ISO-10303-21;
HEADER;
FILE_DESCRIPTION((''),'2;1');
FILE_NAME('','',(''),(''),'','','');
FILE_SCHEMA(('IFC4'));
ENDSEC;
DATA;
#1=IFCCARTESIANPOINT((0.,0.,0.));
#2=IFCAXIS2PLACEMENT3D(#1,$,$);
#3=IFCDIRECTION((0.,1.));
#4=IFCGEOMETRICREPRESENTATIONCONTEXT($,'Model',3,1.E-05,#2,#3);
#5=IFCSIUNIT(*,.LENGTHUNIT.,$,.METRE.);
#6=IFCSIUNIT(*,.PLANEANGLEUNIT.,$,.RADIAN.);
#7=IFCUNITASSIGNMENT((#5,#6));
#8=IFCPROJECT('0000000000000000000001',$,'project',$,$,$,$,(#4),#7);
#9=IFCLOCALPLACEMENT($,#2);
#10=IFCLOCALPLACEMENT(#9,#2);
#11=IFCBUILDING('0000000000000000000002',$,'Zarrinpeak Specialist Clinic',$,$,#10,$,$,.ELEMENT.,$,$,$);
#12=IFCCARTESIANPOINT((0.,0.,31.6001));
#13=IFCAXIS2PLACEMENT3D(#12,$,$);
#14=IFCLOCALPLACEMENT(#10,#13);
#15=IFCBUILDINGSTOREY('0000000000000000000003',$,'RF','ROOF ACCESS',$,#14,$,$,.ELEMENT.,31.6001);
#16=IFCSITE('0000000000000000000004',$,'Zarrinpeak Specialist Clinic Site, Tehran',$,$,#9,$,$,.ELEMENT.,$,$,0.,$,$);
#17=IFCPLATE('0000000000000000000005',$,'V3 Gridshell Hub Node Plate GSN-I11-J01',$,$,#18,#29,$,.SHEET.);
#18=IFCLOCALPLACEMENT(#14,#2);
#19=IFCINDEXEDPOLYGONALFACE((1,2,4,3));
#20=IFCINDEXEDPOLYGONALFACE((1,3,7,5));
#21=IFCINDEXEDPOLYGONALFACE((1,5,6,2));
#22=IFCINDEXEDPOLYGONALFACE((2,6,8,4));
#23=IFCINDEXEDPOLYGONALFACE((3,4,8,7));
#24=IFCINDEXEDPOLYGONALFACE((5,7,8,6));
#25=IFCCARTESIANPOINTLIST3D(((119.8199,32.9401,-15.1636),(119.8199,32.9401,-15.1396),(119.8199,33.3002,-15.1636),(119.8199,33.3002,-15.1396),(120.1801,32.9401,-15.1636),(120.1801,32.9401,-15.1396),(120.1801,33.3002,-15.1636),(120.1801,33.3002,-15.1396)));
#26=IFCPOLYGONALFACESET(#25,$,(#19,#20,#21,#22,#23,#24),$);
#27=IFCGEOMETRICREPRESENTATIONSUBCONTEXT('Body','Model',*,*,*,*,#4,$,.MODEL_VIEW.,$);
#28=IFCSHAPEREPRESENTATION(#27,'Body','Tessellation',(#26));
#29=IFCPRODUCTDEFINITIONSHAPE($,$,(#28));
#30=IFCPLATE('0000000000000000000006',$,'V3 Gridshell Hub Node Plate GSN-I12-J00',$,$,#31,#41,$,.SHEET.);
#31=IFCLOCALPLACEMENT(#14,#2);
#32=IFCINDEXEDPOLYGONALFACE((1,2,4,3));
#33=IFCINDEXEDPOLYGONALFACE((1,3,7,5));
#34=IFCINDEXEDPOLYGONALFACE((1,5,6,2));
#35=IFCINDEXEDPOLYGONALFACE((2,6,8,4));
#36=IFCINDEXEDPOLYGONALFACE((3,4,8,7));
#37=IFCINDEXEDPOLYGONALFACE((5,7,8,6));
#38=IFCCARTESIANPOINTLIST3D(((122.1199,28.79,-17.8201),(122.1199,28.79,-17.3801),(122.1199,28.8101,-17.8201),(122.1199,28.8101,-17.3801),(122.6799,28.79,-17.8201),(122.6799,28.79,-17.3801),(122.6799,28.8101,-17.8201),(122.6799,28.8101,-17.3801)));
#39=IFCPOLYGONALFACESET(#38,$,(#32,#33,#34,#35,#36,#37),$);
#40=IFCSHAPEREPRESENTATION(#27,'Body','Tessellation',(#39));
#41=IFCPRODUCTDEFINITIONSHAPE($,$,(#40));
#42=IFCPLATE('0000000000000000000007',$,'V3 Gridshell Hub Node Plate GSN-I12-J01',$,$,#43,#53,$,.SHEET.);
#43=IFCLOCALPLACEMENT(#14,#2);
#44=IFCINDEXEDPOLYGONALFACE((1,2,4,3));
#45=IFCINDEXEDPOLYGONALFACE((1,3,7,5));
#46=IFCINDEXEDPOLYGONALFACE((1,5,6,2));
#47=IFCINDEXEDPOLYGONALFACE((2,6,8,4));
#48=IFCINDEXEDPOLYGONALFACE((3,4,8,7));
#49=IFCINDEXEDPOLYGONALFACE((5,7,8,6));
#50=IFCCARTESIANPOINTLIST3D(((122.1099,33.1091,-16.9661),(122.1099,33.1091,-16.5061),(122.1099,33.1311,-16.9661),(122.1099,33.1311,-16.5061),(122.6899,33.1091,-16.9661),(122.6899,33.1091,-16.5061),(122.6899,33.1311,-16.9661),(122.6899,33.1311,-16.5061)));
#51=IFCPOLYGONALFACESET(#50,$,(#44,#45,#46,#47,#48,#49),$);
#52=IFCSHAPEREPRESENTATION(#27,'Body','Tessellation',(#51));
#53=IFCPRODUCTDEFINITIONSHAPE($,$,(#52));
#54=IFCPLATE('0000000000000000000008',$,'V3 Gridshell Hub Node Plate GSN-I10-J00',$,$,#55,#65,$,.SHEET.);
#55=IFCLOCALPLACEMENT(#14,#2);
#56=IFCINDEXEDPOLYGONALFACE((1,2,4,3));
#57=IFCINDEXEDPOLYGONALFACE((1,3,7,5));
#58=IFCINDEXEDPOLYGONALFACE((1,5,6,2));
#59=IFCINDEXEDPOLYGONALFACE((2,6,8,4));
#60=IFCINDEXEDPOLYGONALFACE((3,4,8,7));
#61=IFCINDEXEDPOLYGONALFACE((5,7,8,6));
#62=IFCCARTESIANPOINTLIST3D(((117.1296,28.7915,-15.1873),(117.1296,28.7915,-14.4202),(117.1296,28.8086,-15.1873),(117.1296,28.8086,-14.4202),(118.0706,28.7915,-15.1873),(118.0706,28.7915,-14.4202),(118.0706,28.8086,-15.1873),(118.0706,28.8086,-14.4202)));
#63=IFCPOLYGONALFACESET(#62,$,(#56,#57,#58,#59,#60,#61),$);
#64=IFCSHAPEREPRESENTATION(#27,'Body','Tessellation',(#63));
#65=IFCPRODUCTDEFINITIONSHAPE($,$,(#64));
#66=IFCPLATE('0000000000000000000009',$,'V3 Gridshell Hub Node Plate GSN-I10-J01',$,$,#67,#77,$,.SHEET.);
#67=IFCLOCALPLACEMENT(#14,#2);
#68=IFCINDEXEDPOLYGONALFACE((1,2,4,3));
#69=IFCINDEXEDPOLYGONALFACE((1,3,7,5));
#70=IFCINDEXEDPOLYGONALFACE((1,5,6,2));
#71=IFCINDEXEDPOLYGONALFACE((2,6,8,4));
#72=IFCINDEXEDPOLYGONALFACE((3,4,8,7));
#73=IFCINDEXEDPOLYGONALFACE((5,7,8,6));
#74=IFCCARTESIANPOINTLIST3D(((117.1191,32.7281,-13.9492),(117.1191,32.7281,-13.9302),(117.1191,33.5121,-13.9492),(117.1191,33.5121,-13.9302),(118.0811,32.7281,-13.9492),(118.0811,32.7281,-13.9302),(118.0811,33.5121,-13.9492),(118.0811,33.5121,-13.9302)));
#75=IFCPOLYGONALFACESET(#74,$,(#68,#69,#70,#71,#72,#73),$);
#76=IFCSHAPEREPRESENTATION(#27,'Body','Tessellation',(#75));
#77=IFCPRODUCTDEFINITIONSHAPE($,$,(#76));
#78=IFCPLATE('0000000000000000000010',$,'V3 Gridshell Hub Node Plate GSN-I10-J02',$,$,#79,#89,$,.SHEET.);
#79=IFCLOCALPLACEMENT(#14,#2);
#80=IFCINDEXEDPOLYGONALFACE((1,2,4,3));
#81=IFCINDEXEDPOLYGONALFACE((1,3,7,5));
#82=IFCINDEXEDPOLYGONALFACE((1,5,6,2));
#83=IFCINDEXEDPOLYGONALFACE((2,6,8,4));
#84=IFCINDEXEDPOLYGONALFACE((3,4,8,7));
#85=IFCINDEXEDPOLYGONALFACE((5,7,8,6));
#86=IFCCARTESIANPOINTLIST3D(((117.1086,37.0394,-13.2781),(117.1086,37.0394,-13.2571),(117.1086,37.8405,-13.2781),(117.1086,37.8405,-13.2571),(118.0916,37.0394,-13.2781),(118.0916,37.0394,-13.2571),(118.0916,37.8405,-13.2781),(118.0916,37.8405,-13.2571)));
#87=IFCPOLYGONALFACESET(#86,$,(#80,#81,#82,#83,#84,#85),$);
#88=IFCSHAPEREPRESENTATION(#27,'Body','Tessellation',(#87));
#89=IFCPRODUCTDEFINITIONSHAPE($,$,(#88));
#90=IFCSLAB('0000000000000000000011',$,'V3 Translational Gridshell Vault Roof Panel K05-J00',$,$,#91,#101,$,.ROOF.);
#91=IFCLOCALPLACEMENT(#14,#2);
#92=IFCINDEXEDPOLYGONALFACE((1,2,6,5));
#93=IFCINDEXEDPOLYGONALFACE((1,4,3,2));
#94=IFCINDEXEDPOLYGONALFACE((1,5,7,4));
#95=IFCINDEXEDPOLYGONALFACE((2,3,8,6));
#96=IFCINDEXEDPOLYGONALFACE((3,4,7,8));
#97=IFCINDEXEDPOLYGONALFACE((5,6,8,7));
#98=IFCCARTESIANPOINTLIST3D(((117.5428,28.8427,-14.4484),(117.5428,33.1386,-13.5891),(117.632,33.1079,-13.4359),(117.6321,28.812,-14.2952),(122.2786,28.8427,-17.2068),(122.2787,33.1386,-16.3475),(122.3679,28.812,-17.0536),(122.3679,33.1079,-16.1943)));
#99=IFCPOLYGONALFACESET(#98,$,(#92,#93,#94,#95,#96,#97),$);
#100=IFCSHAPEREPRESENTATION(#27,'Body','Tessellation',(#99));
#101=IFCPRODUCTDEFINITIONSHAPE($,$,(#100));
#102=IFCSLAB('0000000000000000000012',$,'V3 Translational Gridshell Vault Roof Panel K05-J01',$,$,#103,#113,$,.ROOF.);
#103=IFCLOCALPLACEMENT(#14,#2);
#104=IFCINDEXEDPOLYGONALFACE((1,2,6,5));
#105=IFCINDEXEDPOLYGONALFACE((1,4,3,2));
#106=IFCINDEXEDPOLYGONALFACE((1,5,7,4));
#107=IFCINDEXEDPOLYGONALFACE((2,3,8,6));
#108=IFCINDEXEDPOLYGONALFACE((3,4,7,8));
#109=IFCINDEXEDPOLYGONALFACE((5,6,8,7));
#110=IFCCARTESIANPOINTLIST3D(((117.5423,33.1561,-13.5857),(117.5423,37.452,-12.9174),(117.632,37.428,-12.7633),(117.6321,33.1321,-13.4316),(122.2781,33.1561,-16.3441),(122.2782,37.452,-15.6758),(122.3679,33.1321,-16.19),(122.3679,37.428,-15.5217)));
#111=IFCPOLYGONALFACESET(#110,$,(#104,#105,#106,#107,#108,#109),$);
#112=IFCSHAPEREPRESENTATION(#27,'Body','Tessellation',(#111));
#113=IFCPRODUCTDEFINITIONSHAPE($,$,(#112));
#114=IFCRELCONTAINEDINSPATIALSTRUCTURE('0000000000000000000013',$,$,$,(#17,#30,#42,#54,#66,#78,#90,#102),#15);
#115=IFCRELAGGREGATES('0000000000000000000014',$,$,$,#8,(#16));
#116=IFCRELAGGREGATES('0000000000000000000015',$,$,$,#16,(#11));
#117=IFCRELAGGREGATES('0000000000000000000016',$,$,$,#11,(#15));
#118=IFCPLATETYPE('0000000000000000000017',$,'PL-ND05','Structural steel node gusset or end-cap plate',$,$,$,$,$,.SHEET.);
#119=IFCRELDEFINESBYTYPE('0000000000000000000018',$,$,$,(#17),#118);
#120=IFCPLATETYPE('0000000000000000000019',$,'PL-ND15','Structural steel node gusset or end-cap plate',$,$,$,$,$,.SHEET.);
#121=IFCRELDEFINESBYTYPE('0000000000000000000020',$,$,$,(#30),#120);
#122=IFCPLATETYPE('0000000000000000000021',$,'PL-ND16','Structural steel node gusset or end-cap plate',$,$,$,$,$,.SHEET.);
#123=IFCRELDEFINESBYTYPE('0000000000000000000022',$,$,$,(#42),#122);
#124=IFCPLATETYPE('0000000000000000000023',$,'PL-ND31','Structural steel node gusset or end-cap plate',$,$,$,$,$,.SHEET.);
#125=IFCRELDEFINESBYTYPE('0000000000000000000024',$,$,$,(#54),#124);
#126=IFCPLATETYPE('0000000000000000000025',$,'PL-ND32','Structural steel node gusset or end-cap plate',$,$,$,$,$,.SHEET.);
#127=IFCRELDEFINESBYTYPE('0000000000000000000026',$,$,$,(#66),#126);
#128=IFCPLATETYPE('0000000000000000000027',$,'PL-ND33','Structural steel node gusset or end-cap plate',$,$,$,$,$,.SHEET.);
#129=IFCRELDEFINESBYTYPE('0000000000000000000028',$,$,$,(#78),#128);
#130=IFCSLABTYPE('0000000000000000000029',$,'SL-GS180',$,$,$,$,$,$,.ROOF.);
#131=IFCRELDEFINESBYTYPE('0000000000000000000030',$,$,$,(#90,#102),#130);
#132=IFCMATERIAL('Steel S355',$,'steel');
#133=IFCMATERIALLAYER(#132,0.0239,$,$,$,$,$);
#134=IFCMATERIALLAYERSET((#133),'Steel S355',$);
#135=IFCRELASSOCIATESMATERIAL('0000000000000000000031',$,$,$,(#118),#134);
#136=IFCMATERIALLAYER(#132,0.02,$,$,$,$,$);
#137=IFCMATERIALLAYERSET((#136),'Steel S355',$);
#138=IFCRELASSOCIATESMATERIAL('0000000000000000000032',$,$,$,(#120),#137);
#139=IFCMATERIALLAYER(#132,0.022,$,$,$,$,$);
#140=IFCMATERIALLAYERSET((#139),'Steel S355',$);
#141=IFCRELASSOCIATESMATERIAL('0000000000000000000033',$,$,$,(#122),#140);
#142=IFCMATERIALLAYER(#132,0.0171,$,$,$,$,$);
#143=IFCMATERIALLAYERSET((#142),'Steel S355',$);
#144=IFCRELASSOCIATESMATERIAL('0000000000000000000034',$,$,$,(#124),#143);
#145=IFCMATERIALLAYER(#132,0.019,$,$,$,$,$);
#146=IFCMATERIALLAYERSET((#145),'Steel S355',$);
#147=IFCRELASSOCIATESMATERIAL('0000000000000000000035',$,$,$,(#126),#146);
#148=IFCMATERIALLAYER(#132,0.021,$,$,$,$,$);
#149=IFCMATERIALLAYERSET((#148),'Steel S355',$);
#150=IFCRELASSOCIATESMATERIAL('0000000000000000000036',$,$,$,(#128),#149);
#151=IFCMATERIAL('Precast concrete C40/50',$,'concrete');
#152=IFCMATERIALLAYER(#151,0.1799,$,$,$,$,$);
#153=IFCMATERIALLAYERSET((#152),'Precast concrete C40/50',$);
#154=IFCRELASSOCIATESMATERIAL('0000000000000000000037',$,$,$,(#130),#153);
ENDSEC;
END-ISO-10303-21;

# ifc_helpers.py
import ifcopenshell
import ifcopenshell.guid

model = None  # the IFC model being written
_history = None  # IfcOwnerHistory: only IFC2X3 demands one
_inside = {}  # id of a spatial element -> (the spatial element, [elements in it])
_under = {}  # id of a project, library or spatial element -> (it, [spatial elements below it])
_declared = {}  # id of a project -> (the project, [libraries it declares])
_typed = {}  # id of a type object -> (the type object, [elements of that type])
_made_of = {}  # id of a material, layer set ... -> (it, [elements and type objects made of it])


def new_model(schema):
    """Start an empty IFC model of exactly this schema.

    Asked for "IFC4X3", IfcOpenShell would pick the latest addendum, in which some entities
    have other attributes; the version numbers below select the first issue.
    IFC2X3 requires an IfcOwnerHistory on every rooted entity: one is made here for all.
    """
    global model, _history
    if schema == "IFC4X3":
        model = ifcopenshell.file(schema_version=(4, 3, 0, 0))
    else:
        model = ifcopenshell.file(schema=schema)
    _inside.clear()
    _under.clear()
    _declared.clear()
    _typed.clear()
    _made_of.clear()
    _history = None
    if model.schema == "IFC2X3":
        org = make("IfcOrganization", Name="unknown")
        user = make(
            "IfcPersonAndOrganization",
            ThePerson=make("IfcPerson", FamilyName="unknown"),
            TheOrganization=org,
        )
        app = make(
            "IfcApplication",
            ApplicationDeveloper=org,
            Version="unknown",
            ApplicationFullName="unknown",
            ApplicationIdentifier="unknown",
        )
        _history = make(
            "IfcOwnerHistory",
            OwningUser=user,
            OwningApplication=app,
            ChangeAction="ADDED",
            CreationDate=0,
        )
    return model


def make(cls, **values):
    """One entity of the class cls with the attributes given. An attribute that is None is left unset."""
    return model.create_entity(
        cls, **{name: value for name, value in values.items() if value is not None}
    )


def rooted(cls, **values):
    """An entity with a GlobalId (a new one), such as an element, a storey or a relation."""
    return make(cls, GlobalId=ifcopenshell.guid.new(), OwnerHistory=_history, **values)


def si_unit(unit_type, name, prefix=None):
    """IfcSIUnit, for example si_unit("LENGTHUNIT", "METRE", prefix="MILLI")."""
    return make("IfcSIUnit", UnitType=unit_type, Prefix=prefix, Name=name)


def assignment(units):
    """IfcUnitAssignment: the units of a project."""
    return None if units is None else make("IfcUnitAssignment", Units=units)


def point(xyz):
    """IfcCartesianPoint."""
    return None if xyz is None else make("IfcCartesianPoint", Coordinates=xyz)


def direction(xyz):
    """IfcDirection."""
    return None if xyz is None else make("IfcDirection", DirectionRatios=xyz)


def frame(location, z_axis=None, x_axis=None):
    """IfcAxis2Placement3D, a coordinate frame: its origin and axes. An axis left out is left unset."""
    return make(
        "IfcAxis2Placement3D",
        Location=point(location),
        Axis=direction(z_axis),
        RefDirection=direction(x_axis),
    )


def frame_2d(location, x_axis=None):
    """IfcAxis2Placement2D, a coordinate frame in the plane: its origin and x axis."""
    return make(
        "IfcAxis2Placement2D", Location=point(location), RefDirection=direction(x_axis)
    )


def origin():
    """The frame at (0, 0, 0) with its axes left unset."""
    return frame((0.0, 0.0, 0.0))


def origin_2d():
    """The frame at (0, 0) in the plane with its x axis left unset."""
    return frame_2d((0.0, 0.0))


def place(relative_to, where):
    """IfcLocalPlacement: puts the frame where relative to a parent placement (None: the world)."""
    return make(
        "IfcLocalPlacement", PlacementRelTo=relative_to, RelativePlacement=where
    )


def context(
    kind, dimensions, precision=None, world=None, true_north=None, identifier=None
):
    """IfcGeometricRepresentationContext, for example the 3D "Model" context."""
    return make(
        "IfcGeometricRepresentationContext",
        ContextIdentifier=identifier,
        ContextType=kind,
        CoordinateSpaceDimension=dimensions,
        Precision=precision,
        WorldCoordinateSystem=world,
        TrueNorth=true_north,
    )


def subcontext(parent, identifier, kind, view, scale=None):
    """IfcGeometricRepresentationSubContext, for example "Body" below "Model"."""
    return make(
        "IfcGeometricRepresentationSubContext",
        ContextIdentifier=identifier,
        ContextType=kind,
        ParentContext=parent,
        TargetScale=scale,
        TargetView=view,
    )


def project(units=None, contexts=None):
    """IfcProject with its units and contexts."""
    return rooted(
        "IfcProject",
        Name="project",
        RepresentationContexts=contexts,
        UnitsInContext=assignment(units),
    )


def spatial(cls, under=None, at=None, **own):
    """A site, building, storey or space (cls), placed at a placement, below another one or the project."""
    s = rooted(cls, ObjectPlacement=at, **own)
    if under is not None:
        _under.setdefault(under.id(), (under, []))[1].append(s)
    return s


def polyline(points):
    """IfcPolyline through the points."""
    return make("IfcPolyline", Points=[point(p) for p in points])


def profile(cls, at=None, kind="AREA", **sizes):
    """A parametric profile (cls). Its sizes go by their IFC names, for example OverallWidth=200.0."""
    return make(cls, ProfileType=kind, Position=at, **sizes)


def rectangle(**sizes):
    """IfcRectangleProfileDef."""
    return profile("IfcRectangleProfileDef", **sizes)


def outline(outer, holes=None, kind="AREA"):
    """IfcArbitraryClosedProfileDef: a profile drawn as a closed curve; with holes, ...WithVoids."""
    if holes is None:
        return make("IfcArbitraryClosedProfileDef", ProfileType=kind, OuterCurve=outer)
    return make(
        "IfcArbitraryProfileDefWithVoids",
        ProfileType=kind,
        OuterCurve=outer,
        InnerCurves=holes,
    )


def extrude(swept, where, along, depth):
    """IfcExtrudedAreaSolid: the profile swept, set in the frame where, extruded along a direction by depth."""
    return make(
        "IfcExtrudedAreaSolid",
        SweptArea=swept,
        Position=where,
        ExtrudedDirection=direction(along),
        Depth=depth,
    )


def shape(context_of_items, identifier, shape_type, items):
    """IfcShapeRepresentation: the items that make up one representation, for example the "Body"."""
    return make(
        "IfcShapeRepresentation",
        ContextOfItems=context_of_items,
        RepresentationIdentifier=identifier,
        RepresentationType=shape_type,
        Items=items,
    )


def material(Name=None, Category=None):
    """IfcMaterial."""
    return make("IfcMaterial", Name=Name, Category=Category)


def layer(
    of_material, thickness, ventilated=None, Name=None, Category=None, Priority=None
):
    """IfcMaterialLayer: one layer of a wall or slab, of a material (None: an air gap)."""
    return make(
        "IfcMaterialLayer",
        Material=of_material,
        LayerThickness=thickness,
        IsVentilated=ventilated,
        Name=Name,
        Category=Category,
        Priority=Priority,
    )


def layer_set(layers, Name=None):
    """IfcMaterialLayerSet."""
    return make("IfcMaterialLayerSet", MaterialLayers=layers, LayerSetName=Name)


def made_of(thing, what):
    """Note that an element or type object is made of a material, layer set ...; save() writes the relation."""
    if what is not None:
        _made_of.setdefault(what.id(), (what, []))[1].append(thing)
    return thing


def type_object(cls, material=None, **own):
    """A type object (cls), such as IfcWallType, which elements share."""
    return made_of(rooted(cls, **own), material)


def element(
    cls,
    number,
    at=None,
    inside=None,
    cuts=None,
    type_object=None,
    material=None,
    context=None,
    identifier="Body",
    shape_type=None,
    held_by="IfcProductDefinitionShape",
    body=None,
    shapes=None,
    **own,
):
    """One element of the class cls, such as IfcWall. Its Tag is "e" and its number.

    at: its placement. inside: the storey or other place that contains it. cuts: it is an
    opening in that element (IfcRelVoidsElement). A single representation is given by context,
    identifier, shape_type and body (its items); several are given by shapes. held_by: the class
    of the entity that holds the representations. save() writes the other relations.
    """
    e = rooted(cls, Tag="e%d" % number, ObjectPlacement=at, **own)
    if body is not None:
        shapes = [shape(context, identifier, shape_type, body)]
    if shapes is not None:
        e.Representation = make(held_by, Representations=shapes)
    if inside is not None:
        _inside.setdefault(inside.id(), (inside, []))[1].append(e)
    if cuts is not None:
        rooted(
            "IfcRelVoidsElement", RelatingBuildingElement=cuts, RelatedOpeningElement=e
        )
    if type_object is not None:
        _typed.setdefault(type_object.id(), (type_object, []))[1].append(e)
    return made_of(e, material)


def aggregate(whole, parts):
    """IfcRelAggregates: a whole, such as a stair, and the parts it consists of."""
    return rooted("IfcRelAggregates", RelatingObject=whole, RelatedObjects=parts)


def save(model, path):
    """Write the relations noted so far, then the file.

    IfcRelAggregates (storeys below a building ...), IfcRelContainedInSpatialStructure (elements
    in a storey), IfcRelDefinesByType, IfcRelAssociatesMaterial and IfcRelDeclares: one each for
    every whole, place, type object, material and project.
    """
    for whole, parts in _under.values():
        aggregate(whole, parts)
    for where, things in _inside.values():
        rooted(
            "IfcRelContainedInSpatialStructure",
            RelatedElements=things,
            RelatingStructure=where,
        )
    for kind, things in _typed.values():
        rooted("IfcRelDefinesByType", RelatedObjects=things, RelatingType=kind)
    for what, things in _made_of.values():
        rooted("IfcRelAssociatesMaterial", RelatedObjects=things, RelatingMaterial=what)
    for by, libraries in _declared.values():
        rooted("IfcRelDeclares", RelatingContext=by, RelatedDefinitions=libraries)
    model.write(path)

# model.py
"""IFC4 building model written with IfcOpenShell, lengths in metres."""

from ifc_helpers import new_model, si_unit, direction, frame, origin, origin_2d, place, context, subcontext, project, spatial, polyline, rectangle, outline, extrude, material, layer, layer_set, type_object, element, save


model = new_model("IFC4")

# Units and contexts
model_context = context("Model", 3, precision=1e-05, world=origin(), true_north=direction((0.0, 1.0)))
body_context = subcontext(model_context, "Body", "Model", "MODEL_VIEW")
ifc_project = project(units=[si_unit("LENGTHUNIT", "METRE"), si_unit("PLANEANGLEUNIT", "RADIAN")], contexts=[model_context])

# Site, building, storey
site_placement = place(None, origin())
site = spatial("IfcSite", under=ifc_project, at=site_placement, Name="Zarrinpeak Specialist Clinic Site, Tehran", CompositionType="ELEMENT", RefElevation=0.0)
building_placement = place(site_placement, origin())
building = spatial("IfcBuilding", under=site, at=building_placement, Name="Zarrinpeak Specialist Clinic", CompositionType="ELEMENT")
storey_placement = place(building_placement, frame((0.0, 0.0, 31.6001)))
storey = spatial("IfcBuildingStorey", under=building, at=storey_placement, Name="RF", Description="ROOF ACCESS", CompositionType="ELEMENT", Elevation=31.6001)

# Shared definitions
ifc_material_1 = material(Name="Steel S355", Category="steel")

# Plates
ifc_layer_1 = layer(ifc_material_1, 0.0239)
ifc_layer_set_1 = layer_set([ifc_layer_1], Name="Steel S355")
plate_type_1 = type_object("IfcPlateType", Name="PL-ND05", Description="Structural steel node gusset or end-cap plate", PredefinedType="SHEET", material=ifc_layer_set_1)
plate_1_placement = place(storey_placement, frame((120.0, 33.1201, -15.1636), z_axis=(0.0, 0.0, 1.0), x_axis=(1.0, 0.0, 0.0)))
element("IfcPlate", 1, at=plate_1_placement, inside=storey, type_object=plate_type_1, Name="V3 Gridshell Hub Node Plate GSN-I11-J01", PredefinedType="SHEET", context=body_context, shape_type="SweptSolid", body=[
    extrude(rectangle(XDim=0.3601, YDim=0.3601, at=origin_2d()), origin(), (0.0, 0.0, 1.0), 0.0239),
])
ifc_layer_2 = layer(ifc_material_1, 0.02)
ifc_layer_set_2 = layer_set([ifc_layer_2], Name="Steel S355")
plate_type_2 = type_object("IfcPlateType", Name="PL-ND15", Description="Structural steel node gusset or end-cap plate", PredefinedType="SHEET", material=ifc_layer_set_2)
plate_2_placement = place(storey_placement, frame((122.3999, 28.8, -17.8201), z_axis=(0.0, 0.0, 1.0), x_axis=(1.0, 0.0, 0.0)))
element("IfcPlate", 2, at=plate_2_placement, inside=storey, type_object=plate_type_2, Name="V3 Gridshell Hub Node Plate GSN-I12-J00", PredefinedType="SHEET", context=body_context, shape_type="SweptSolid", body=[
    extrude(rectangle(XDim=0.5601, YDim=0.02, at=origin_2d()), origin(), (0.0, 0.0, 1.0), 0.4399),
])
ifc_layer_3 = layer(ifc_material_1, 0.022)
ifc_layer_set_3 = layer_set([ifc_layer_3], Name="Steel S355")
plate_type_3 = type_object("IfcPlateType", Name="PL-ND16", Description="Structural steel node gusset or end-cap plate", PredefinedType="SHEET", material=ifc_layer_set_3)
plate_3_placement = place(storey_placement, frame((122.3999, 33.1201, -16.9661), z_axis=(0.0, 0.0, 1.0), x_axis=(1.0, 0.0, 0.0)))
element("IfcPlate", 3, at=plate_3_placement, inside=storey, type_object=plate_type_3, Name="V3 Gridshell Hub Node Plate GSN-I12-J01", PredefinedType="SHEET", context=body_context, shape_type="SweptSolid", body=[
    extrude(rectangle(XDim=0.5801, YDim=0.022, at=origin_2d()), origin(), (0.0, 0.0, 1.0), 0.46),
])
ifc_layer_4 = layer(ifc_material_1, 0.0171)
ifc_layer_set_4 = layer_set([ifc_layer_4], Name="Steel S355")
plate_type_4 = type_object("IfcPlateType", Name="PL-ND31", Description="Structural steel node gusset or end-cap plate", PredefinedType="SHEET", material=ifc_layer_set_4)
plate_4_placement = place(storey_placement, frame((117.6001, 28.8, -15.1873), z_axis=(0.0, 0.0, 1.0), x_axis=(1.0, 0.0, 0.0)))
element("IfcPlate", 4, at=plate_4_placement, inside=storey, type_object=plate_type_4, Name="V3 Gridshell Hub Node Plate GSN-I10-J00", PredefinedType="SHEET", context=body_context, shape_type="SweptSolid", body=[
    extrude(rectangle(XDim=0.9409, YDim=0.0171, at=origin_2d()), origin(), (0.0, 0.0, 1.0), 0.7671),
])
ifc_layer_5 = layer(ifc_material_1, 0.019)
ifc_layer_set_5 = layer_set([ifc_layer_5], Name="Steel S355")
plate_type_5 = type_object("IfcPlateType", Name="PL-ND32", Description="Structural steel node gusset or end-cap plate", PredefinedType="SHEET", material=ifc_layer_set_5)
plate_5_placement = place(storey_placement, frame((117.6001, 33.1201, -13.9492), z_axis=(0.0, 0.0, 1.0), x_axis=(1.0, 0.0, 0.0)))
element("IfcPlate", 5, at=plate_5_placement, inside=storey, type_object=plate_type_5, Name="V3 Gridshell Hub Node Plate GSN-I10-J01", PredefinedType="SHEET", context=body_context, shape_type="SweptSolid", body=[
    extrude(rectangle(XDim=0.9619, YDim=0.7839, at=origin_2d()), origin(), (0.0, 0.0, 1.0), 0.019),
])
ifc_layer_6 = layer(ifc_material_1, 0.021)
ifc_layer_set_6 = layer_set([ifc_layer_6], Name="Steel S355")
plate_type_6 = type_object("IfcPlateType", Name="PL-ND33", Description="Structural steel node gusset or end-cap plate", PredefinedType="SHEET", material=ifc_layer_set_6)
plate_6_placement = place(storey_placement, frame((117.6001, 37.4399, -13.2781), z_axis=(0.0, 0.0, 1.0), x_axis=(1.0, 0.0, 0.0)))
element("IfcPlate", 6, at=plate_6_placement, inside=storey, type_object=plate_type_6, Name="V3 Gridshell Hub Node Plate GSN-I10-J02", PredefinedType="SHEET", context=body_context, shape_type="SweptSolid", body=[
    extrude(rectangle(XDim=0.9829, YDim=0.801, at=origin_2d()), origin(), (0.0, 0.0, 1.0), 0.021),
])

# Slabs
ifc_material_2 = material(Name="Precast concrete C40/50", Category="concrete")
ifc_layer_7 = layer(ifc_material_2, 0.1799)
ifc_layer_set_7 = layer_set([ifc_layer_7], Name="Precast concrete C40/50")
slab_type = type_object("IfcSlabType", Name="SL-GS180", PredefinedType="ROOF", material=ifc_layer_set_7)
slab_1_placement = place(storey_placement, frame((117.6321, 28.812, -14.2952), z_axis=(0.495953, -0.170311, 0.851484), x_axis=(0.864109, 0.000003, -0.503305)))
element("IfcSlab", 7, at=slab_1_placement, inside=storey, type_object=slab_type, Name="V3 Translational Gridshell Vault Roof Panel K05-J00", PredefinedType="ROOF", context=body_context, shape_type="SweptSolid", body=[
    extrude(outline(polyline([(0.0, 0.0), (5.4805, 0.0), (5.0482, 4.3596), (-0.4325, 4.3596), (0.0, 0.0)])), origin(), (0.0, 0.0, -1.0), 0.1799),
])
slab_2_placement = place(storey_placement, frame((117.6321, 33.1321, -13.4316), z_axis=(0.498819, -0.133235, 0.856404), x_axis=(0.864108, 0.000003, -0.503306)))
element("IfcSlab", 8, at=slab_2_placement, inside=storey, type_object=slab_type, Name="V3 Translational Gridshell Vault Roof Panel K05-J01", PredefinedType="ROOF", context=body_context, shape_type="SweptSolid", body=[
    extrude(outline(polyline([(0.0, 0.0), (5.4805, 0.0), (5.1442, 4.3345), (-0.3364, 4.3346), (0.0, 0.0)])), origin(), (0.0, 0.0, -1.0), 0.1799),
])

save(model, "model.ifc")
